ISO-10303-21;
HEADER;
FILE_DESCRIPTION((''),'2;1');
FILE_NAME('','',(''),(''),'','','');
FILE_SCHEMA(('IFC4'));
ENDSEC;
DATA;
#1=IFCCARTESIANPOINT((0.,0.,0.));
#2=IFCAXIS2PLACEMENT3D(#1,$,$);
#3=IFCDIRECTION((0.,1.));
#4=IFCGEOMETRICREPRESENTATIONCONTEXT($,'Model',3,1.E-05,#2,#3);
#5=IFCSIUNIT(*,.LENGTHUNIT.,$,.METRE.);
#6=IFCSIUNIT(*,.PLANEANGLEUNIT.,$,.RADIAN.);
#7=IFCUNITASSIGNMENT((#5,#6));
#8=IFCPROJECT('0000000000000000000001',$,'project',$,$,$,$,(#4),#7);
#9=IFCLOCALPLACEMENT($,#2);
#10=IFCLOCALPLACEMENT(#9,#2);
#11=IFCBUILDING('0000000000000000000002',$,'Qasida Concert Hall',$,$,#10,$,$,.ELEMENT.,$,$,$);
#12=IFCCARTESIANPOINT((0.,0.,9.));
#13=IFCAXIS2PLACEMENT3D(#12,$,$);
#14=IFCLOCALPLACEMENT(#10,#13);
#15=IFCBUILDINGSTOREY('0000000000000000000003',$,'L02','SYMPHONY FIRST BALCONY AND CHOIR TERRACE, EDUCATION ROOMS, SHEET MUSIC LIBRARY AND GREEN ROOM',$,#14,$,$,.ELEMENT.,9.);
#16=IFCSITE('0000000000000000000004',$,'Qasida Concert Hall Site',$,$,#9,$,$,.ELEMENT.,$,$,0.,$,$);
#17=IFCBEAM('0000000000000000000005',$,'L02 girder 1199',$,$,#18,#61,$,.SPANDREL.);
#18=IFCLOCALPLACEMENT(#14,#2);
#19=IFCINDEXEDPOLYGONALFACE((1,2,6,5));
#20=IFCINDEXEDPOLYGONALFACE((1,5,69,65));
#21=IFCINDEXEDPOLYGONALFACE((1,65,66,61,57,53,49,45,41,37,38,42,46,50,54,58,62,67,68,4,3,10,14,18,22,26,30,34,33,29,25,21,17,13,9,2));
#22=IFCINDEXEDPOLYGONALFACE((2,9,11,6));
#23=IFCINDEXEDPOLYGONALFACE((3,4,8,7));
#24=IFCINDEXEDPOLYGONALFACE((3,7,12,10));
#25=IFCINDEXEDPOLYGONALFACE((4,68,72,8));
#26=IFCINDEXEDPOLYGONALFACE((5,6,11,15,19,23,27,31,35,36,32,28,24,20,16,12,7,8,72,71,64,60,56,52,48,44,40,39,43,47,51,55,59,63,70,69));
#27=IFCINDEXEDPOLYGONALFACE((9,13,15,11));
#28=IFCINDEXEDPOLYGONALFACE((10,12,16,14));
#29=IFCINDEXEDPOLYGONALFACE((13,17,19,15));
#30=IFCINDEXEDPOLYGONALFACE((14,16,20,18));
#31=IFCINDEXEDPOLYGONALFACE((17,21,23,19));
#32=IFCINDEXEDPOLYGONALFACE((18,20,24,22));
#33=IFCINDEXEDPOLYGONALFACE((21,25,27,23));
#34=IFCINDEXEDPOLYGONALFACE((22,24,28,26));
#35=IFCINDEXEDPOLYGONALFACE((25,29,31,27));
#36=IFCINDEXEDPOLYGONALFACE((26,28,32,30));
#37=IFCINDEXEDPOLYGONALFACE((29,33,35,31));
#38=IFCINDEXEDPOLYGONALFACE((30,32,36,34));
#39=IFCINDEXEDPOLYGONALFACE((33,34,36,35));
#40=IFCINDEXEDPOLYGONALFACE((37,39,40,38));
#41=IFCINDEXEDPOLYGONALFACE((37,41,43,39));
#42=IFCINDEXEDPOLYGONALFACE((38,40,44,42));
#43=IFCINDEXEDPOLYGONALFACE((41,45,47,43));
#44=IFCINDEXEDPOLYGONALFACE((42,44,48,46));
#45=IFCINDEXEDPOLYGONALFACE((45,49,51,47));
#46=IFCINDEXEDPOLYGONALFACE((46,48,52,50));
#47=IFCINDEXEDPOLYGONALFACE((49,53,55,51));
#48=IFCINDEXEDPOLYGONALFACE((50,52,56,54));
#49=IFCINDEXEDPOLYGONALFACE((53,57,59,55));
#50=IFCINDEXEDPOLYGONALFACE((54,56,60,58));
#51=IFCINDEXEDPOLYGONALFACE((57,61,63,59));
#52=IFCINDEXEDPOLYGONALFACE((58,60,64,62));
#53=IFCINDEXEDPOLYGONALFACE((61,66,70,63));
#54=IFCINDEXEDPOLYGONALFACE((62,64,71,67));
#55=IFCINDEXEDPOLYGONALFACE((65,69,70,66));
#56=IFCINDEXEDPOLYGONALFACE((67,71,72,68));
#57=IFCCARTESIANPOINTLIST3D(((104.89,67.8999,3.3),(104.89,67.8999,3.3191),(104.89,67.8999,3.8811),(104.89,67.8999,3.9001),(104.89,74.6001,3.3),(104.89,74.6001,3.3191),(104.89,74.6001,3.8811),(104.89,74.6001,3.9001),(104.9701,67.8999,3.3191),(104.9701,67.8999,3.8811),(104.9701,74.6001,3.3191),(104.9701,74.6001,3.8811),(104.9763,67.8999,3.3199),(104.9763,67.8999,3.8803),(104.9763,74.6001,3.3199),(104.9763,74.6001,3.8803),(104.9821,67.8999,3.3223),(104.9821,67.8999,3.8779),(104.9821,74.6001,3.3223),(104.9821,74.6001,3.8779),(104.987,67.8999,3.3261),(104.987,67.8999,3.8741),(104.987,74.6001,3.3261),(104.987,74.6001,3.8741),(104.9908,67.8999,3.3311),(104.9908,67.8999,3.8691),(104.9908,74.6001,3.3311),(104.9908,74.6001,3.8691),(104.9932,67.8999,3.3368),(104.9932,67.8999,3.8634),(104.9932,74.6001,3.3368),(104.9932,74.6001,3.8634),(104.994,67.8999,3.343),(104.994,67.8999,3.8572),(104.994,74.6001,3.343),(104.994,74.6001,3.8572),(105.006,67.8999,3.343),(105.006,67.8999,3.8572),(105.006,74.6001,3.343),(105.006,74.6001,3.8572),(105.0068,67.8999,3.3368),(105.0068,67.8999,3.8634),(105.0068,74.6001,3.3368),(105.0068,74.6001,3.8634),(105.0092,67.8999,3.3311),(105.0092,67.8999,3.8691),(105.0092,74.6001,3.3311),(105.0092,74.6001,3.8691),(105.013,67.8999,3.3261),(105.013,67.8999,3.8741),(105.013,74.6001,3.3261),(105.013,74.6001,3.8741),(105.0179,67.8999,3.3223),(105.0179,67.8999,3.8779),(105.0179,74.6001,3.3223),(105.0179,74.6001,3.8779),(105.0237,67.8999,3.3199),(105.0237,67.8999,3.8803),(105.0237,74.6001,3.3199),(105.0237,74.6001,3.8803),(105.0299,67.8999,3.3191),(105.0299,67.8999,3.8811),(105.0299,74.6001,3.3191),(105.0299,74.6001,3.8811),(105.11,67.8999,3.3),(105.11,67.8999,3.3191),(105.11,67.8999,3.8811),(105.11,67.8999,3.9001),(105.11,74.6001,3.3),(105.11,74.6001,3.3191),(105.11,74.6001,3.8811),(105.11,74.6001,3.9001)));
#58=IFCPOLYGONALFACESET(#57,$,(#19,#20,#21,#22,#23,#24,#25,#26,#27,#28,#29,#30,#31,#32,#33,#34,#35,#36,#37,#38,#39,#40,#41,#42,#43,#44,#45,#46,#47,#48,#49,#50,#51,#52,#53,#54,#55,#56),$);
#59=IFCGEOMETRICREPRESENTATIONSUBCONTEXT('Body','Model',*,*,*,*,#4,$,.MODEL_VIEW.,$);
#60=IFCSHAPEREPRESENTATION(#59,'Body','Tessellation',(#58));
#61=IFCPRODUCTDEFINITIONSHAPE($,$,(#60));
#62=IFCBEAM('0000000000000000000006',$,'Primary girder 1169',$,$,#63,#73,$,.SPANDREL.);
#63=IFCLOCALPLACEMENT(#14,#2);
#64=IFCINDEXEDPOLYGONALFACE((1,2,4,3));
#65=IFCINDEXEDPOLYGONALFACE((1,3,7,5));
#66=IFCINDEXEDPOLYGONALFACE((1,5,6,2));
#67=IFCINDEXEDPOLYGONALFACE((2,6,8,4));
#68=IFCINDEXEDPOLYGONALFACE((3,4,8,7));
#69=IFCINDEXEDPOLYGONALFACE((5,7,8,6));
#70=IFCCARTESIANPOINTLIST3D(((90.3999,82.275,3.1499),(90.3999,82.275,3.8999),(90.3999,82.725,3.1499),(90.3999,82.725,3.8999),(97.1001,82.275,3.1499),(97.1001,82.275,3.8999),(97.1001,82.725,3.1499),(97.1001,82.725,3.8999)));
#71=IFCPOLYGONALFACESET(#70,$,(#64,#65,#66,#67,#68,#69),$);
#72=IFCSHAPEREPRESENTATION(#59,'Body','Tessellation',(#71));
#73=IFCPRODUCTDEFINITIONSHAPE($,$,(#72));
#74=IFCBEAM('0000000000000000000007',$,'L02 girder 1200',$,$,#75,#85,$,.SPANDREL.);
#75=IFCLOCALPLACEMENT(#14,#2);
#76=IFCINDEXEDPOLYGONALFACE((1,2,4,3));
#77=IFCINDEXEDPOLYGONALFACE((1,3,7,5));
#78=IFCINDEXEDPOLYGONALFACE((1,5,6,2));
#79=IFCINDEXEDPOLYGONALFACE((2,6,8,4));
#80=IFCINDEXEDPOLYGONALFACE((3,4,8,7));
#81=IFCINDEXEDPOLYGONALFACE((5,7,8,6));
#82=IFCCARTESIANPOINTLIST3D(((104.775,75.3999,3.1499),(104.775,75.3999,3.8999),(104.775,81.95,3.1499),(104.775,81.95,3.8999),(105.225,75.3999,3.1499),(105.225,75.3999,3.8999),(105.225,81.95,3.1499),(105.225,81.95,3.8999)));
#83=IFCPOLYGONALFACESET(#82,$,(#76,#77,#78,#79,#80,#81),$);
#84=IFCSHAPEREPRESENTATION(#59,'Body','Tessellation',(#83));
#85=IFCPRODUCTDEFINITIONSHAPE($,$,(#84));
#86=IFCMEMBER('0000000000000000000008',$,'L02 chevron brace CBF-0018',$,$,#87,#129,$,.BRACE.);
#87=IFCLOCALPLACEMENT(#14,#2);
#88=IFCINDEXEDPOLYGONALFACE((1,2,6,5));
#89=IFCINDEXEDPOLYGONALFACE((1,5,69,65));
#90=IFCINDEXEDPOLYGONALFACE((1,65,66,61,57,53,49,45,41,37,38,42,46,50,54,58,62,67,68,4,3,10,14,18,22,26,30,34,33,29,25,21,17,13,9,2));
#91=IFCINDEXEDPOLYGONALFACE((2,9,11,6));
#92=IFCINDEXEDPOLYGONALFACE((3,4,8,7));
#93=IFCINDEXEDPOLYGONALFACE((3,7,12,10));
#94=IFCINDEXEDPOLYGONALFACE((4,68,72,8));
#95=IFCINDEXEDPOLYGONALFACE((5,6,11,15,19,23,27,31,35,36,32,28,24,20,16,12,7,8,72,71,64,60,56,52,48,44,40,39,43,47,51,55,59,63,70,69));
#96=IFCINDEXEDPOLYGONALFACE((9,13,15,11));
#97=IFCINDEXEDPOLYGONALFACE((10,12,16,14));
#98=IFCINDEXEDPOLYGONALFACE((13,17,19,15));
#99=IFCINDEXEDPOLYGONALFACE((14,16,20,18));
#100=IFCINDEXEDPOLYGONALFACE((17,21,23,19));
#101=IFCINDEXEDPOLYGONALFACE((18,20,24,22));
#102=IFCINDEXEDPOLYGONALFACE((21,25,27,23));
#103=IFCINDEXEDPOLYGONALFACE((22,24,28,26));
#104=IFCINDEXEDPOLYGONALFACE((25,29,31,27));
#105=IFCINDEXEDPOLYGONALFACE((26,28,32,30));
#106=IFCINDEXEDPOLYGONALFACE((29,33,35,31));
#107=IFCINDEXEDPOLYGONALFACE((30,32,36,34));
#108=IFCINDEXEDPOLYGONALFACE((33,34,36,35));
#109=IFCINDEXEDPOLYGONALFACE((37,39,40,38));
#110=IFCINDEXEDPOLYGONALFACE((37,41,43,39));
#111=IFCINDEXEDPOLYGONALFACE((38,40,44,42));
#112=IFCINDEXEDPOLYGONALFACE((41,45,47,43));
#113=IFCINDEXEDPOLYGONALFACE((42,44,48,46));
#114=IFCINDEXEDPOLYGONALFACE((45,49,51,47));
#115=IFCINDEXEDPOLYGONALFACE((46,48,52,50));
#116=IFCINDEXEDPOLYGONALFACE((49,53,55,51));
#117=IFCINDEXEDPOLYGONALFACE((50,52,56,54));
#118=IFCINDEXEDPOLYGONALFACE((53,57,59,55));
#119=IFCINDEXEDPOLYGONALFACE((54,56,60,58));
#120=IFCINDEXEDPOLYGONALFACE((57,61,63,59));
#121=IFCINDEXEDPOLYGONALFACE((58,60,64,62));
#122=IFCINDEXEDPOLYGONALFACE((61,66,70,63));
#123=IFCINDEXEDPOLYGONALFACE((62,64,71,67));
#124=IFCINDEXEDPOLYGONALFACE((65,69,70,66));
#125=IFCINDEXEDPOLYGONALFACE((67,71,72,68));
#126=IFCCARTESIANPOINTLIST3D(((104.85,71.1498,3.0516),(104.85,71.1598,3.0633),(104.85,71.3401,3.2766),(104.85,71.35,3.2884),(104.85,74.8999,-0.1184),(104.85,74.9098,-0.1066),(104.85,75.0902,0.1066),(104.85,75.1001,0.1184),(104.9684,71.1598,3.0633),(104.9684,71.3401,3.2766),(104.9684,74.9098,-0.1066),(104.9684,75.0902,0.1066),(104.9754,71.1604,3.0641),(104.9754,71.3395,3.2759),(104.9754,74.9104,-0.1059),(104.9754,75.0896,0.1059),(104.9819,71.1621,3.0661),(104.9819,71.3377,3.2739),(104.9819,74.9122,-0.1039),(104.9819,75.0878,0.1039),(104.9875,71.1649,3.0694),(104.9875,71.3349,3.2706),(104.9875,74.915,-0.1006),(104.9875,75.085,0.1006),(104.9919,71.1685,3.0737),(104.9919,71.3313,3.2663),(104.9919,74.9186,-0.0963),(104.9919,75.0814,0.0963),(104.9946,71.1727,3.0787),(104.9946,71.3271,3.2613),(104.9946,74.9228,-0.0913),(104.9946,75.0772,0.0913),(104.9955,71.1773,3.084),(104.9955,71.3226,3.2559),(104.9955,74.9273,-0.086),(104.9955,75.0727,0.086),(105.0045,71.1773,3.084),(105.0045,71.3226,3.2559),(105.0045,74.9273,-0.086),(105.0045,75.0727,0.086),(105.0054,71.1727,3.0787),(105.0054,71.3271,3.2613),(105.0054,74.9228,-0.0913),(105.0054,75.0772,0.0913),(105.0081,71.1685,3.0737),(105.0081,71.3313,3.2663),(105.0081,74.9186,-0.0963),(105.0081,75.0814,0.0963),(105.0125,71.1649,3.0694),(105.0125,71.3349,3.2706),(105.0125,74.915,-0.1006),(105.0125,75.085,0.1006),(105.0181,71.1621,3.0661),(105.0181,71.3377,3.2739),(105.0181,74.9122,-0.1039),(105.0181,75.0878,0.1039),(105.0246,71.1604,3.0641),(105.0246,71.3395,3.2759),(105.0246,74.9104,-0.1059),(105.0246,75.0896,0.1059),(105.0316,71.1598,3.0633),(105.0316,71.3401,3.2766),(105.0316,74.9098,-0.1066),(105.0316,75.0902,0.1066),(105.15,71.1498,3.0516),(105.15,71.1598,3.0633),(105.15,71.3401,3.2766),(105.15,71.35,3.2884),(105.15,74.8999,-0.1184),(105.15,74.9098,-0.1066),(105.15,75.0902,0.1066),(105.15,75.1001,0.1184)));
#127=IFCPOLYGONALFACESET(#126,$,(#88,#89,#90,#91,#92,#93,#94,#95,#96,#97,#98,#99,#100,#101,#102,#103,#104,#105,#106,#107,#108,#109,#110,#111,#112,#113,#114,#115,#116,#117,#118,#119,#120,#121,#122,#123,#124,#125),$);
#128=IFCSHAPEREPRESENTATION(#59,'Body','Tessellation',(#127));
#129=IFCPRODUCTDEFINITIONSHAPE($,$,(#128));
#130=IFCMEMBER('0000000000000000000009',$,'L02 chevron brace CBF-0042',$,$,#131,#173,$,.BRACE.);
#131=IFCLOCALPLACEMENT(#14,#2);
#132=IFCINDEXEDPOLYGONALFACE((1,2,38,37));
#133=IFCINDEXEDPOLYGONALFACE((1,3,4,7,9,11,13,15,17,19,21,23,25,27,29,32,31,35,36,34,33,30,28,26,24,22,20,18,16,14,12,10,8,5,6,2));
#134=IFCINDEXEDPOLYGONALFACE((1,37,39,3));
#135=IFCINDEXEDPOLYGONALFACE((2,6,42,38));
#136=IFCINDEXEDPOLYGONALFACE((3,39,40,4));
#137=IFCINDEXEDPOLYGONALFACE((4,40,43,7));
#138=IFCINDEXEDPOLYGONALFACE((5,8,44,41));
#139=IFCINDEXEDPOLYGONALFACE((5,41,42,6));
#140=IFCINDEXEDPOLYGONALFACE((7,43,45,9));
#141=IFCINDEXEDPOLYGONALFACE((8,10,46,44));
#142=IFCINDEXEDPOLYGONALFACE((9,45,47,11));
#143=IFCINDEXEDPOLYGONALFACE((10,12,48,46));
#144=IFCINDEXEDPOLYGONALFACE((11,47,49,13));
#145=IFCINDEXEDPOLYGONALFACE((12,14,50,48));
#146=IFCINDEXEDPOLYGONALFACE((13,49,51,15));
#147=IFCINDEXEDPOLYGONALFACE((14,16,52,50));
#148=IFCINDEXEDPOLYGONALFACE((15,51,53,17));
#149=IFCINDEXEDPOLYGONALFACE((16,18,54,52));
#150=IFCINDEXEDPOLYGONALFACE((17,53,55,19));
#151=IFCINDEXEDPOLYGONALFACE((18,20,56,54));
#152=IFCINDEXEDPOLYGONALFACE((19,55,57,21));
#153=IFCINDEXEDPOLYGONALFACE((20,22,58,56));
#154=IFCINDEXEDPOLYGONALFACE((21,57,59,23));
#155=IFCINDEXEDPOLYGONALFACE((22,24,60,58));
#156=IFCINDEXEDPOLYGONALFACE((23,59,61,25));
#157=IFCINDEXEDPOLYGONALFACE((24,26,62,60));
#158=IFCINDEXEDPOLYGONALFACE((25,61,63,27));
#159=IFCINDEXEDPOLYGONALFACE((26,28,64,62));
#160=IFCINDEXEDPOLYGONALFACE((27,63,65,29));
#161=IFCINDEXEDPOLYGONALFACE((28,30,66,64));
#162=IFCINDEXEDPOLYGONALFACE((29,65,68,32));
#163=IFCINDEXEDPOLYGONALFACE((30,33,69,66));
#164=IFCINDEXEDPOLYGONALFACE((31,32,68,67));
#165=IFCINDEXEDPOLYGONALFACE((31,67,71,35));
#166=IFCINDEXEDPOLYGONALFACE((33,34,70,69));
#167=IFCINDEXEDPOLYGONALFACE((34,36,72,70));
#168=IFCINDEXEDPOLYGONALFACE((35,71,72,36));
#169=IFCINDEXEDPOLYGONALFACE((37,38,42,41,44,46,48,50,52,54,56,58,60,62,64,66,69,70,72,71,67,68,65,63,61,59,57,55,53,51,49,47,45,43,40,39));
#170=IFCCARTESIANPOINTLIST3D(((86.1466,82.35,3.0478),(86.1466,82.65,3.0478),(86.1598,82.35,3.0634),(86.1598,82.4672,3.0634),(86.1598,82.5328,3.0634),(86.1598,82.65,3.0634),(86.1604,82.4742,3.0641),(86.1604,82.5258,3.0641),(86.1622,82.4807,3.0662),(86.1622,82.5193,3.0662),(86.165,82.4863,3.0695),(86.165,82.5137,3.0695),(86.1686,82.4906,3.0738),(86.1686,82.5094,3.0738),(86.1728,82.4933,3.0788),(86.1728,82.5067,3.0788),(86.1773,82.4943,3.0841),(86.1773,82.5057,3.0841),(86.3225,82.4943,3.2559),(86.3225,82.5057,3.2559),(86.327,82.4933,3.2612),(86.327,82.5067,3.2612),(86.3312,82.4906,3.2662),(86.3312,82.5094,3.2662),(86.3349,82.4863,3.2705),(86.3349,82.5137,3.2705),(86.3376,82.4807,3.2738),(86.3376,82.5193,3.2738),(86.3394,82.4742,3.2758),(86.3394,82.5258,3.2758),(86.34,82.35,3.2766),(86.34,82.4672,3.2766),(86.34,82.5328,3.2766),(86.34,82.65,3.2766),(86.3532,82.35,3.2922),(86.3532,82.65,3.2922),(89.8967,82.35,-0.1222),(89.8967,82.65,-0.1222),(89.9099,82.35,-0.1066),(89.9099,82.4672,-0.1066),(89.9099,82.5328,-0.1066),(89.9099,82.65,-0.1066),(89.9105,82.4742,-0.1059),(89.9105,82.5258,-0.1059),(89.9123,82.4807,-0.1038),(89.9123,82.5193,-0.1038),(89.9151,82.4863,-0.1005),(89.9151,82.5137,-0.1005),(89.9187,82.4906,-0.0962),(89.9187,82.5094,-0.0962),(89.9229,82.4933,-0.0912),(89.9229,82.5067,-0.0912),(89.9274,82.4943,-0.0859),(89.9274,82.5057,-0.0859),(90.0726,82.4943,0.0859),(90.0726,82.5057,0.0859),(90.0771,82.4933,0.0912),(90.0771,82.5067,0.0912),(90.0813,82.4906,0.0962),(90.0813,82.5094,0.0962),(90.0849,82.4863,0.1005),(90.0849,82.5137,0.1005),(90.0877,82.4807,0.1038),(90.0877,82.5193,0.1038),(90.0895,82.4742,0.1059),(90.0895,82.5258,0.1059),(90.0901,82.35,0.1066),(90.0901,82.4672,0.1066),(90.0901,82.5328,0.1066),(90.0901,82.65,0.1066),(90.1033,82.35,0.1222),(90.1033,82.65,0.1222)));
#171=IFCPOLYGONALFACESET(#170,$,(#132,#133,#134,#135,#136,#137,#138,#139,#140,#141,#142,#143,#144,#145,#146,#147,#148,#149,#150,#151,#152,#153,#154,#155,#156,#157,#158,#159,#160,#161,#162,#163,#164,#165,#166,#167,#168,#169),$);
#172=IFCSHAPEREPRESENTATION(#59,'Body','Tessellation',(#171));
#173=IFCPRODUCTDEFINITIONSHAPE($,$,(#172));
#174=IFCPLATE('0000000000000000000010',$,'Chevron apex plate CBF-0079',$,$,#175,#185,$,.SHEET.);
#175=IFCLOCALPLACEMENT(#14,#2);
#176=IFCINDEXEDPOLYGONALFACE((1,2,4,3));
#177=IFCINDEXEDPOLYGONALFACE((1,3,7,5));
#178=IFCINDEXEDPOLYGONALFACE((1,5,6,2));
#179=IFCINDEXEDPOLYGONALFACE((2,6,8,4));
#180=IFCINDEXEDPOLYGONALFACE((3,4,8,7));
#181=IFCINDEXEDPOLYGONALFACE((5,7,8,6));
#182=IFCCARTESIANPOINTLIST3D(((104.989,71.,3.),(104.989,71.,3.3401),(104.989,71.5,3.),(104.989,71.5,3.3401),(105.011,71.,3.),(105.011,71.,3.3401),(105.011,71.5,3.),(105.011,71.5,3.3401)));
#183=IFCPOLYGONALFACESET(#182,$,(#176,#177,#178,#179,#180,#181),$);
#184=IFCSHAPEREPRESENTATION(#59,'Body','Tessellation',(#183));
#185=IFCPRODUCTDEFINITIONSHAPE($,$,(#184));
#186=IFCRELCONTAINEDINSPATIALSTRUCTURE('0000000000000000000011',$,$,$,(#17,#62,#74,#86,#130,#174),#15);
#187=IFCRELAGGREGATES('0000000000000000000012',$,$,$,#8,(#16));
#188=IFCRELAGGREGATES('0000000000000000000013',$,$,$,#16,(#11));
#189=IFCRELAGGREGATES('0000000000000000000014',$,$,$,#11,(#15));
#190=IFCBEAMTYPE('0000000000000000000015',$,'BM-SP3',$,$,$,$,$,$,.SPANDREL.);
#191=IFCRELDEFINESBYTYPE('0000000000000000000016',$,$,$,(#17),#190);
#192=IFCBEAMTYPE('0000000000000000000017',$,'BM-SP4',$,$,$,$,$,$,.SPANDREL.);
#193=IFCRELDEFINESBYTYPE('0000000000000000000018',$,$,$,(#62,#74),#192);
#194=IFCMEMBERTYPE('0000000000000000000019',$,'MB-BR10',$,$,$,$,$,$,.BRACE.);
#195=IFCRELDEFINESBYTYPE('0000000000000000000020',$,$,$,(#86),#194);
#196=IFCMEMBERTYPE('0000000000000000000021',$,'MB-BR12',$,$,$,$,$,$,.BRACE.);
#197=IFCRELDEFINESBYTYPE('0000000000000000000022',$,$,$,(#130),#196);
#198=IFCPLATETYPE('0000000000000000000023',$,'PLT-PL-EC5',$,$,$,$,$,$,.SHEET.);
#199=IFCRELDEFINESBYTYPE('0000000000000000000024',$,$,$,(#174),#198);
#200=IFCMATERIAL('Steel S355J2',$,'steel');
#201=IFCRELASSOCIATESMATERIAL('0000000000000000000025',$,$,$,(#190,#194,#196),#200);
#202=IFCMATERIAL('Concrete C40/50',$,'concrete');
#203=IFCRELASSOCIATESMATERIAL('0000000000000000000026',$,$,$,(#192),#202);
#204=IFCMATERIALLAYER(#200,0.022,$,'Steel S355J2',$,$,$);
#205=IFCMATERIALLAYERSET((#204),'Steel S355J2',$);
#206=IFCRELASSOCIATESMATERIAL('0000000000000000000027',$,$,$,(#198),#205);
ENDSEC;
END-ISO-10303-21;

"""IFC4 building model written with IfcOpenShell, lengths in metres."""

from ifc_helpers import new_model, si_unit, direction, frame, origin, origin_2d, place, context, subcontext, project, spatial, rectangle, i_section, extrude, material, layer, layer_set, material_profile, profile_set, type_object, element, save


model = new_model("IFC4")

# Units and contexts
model_context = context("Model", 3, precision=1e-05, world=origin(), true_north=direction((0.0, 1.0)))
body_context = subcontext(model_context, "Body", "Model", "MODEL_VIEW")
ifc_project = project(units=[si_unit("LENGTHUNIT", "METRE"), si_unit("PLANEANGLEUNIT", "RADIAN")], contexts=[model_context])

# Site, building, storey
site_placement = place(None, origin())
site = spatial("IfcSite", under=ifc_project, at=site_placement, Name="Qasida Concert Hall Site", CompositionType="ELEMENT", RefElevation=0.0)
building_placement = place(site_placement, origin())
building = spatial("IfcBuilding", under=site, at=building_placement, Name="Qasida Concert Hall", CompositionType="ELEMENT")
storey_placement = place(building_placement, frame((0.0, 0.0, 9.0)))
storey = spatial("IfcBuildingStorey", under=building, at=storey_placement, Name="L02", Description="SYMPHONY FIRST BALCONY AND CHOIR TERRACE, EDUCATION ROOMS, SHEET MUSIC LIBRARY AND GREEN ROOM", CompositionType="ELEMENT", Elevation=9.0)

# Beams
ifc_material_1 = material(Name="Steel S355J2", Category="steel")
ifc_material_2 = material(Name="Concrete C40/50", Category="concrete")
ifc_material_profile_1 = material_profile(ifc_material_1, i_section(OverallWidth=0.22, OverallDepth=0.6001, WebThickness=0.012, FlangeThickness=0.019, FilletRadius=0.0239, at=origin_2d()), Name="IPE 600")
ifc_profile_set_1 = profile_set([ifc_material_profile_1], Name="Steel S355J2")
beam_type_1 = type_object("IfcBeamType", Name="BM-SP3", PredefinedType="SPANDREL", material=ifc_profile_set_1)
beam_1_placement = place(storey_placement, frame((105.0, 67.8999, 3.6001), z_axis=(0.0, 1.0, 0.0), x_axis=(-1.0, 0.0, 0.0)))
element("IfcBeam", 1, at=beam_1_placement, inside=storey, type_object=beam_type_1, Name="L02 girder 1199", PredefinedType="SPANDREL", context=body_context, shape_type="SweptSolid", body=[
    extrude(i_section(OverallWidth=0.22, OverallDepth=0.6001, WebThickness=0.012, FlangeThickness=0.019, FilletRadius=0.0239, at=origin_2d()), origin(), (0.0, 0.0, 1.0), 6.7002),
])
ifc_material_profile_2 = material_profile(ifc_material_2, rectangle(XDim=0.45, YDim=0.75, at=origin_2d()), Name="RC 450x750")
ifc_profile_set_2 = profile_set([ifc_material_profile_2], Name="Concrete C40/50")
beam_type_2 = type_object("IfcBeamType", Name="BM-SP4", PredefinedType="SPANDREL", material=ifc_profile_set_2)
beam_2_placement = place(storey_placement, frame((90.3999, 82.5, 3.5249), z_axis=(1.0, 0.0, 0.0), x_axis=(0.0, 1.0, 0.0)))
element("IfcBeam", 2, at=beam_2_placement, inside=storey, type_object=beam_type_2, Name="Primary girder 1169", PredefinedType="SPANDREL", context=body_context, shape_type="SweptSolid", body=[
    extrude(rectangle(XDim=0.45, YDim=0.75, at=origin_2d()), origin(), (0.0, 0.0, 1.0), 6.7002),
])
beam_3_placement = place(storey_placement, frame((105.0, 75.3999, 3.5249), z_axis=(0.0, 1.0, 0.0), x_axis=(-1.0, 0.0, 0.0)))
element("IfcBeam", 3, at=beam_3_placement, inside=storey, type_object=beam_type_2, Name="L02 girder 1200", PredefinedType="SPANDREL", context=body_context, shape_type="SweptSolid", body=[
    extrude(rectangle(XDim=0.45, YDim=0.75, at=origin_2d()), origin(), (0.0, 0.0, 1.0), 6.55),
])

# Members
ifc_material_profile_3 = material_profile(ifc_material_1, i_section(OverallWidth=0.3, OverallDepth=0.3101, WebThickness=0.009, FlangeThickness=0.0154, FilletRadius=0.0271, at=origin_2d()), Name="HEA 320")
ifc_profile_set_3 = profile_set([ifc_material_profile_3], Name="Steel S355J2")
member_type_1 = type_object("IfcMemberType", Name="MB-BR10", PredefinedType="BRACE", material=ifc_profile_set_3)
member_1_placement = place(storey_placement, frame((105.0, 75.0, 0.0), z_axis=(0.0, -0.763703, 0.645568), x_axis=(1.0, 0.0, 0.0)))
element("IfcMember", 4, at=member_1_placement, inside=storey, type_object=member_type_1, Name="L02 chevron brace CBF-0018", PredefinedType="BRACE", context=body_context, shape_type="SweptSolid", body=[
    extrude(i_section(OverallWidth=0.3, OverallDepth=0.3101, WebThickness=0.009, FlangeThickness=0.0154, FilletRadius=0.0271, at=origin_2d()), origin(), (0.0, 0.0, 1.0), 4.9104),
])
ifc_material_profile_4 = material_profile(ifc_material_1, i_section(OverallWidth=0.3, OverallDepth=0.3201, WebThickness=0.0115, FlangeThickness=0.0205, FilletRadius=0.0271, at=origin_2d()), Name="HEB 320")
ifc_profile_set_4 = profile_set([ifc_material_profile_4], Name="Steel S355J2")
member_type_2 = type_object("IfcMemberType", Name="MB-BR12", PredefinedType="BRACE", material=ifc_profile_set_4)
member_2_placement = place(storey_placement, frame((90.0, 82.5, 0.0), z_axis=(-0.763703, 0.0, 0.645568), x_axis=(0.0, -1.0, 0.0)))
element("IfcMember", 5, at=member_2_placement, inside=storey, type_object=member_type_2, Name="L02 chevron brace CBF-0042", PredefinedType="BRACE", context=body_context, shape_type="SweptSolid", body=[
    extrude(i_section(OverallWidth=0.3, OverallDepth=0.3201, WebThickness=0.0115, FlangeThickness=0.0205, FilletRadius=0.0271, at=origin_2d()), origin(), (0.0, 0.0, 1.0), 4.9104),
])

# Plate
ifc_layer_1 = layer(ifc_material_1, 0.022, Name="Steel S355J2")
ifc_layer_set_1 = layer_set([ifc_layer_1], Name="Steel S355J2")
plate_type = type_object("IfcPlateType", Name="PLT-PL-EC5", PredefinedType="SHEET", material=ifc_layer_set_1)
plate_placement = place(storey_placement, frame((105.0, 71.25, 3.0), z_axis=(0.0, 0.0, 1.0), x_axis=(0.0, 1.0, 0.0)))
element("IfcPlate", 6, at=plate_placement, inside=storey, type_object=plate_type, Name="Chevron apex plate CBF-0079", PredefinedType="SHEET", context=body_context, shape_type="SweptSolid", body=[
    extrude(rectangle(XDim=0.5, YDim=0.022, at=origin_2d()), origin(), (0.0, 0.0, 1.0), 0.3401),
])

save(model, "model.ifc")
